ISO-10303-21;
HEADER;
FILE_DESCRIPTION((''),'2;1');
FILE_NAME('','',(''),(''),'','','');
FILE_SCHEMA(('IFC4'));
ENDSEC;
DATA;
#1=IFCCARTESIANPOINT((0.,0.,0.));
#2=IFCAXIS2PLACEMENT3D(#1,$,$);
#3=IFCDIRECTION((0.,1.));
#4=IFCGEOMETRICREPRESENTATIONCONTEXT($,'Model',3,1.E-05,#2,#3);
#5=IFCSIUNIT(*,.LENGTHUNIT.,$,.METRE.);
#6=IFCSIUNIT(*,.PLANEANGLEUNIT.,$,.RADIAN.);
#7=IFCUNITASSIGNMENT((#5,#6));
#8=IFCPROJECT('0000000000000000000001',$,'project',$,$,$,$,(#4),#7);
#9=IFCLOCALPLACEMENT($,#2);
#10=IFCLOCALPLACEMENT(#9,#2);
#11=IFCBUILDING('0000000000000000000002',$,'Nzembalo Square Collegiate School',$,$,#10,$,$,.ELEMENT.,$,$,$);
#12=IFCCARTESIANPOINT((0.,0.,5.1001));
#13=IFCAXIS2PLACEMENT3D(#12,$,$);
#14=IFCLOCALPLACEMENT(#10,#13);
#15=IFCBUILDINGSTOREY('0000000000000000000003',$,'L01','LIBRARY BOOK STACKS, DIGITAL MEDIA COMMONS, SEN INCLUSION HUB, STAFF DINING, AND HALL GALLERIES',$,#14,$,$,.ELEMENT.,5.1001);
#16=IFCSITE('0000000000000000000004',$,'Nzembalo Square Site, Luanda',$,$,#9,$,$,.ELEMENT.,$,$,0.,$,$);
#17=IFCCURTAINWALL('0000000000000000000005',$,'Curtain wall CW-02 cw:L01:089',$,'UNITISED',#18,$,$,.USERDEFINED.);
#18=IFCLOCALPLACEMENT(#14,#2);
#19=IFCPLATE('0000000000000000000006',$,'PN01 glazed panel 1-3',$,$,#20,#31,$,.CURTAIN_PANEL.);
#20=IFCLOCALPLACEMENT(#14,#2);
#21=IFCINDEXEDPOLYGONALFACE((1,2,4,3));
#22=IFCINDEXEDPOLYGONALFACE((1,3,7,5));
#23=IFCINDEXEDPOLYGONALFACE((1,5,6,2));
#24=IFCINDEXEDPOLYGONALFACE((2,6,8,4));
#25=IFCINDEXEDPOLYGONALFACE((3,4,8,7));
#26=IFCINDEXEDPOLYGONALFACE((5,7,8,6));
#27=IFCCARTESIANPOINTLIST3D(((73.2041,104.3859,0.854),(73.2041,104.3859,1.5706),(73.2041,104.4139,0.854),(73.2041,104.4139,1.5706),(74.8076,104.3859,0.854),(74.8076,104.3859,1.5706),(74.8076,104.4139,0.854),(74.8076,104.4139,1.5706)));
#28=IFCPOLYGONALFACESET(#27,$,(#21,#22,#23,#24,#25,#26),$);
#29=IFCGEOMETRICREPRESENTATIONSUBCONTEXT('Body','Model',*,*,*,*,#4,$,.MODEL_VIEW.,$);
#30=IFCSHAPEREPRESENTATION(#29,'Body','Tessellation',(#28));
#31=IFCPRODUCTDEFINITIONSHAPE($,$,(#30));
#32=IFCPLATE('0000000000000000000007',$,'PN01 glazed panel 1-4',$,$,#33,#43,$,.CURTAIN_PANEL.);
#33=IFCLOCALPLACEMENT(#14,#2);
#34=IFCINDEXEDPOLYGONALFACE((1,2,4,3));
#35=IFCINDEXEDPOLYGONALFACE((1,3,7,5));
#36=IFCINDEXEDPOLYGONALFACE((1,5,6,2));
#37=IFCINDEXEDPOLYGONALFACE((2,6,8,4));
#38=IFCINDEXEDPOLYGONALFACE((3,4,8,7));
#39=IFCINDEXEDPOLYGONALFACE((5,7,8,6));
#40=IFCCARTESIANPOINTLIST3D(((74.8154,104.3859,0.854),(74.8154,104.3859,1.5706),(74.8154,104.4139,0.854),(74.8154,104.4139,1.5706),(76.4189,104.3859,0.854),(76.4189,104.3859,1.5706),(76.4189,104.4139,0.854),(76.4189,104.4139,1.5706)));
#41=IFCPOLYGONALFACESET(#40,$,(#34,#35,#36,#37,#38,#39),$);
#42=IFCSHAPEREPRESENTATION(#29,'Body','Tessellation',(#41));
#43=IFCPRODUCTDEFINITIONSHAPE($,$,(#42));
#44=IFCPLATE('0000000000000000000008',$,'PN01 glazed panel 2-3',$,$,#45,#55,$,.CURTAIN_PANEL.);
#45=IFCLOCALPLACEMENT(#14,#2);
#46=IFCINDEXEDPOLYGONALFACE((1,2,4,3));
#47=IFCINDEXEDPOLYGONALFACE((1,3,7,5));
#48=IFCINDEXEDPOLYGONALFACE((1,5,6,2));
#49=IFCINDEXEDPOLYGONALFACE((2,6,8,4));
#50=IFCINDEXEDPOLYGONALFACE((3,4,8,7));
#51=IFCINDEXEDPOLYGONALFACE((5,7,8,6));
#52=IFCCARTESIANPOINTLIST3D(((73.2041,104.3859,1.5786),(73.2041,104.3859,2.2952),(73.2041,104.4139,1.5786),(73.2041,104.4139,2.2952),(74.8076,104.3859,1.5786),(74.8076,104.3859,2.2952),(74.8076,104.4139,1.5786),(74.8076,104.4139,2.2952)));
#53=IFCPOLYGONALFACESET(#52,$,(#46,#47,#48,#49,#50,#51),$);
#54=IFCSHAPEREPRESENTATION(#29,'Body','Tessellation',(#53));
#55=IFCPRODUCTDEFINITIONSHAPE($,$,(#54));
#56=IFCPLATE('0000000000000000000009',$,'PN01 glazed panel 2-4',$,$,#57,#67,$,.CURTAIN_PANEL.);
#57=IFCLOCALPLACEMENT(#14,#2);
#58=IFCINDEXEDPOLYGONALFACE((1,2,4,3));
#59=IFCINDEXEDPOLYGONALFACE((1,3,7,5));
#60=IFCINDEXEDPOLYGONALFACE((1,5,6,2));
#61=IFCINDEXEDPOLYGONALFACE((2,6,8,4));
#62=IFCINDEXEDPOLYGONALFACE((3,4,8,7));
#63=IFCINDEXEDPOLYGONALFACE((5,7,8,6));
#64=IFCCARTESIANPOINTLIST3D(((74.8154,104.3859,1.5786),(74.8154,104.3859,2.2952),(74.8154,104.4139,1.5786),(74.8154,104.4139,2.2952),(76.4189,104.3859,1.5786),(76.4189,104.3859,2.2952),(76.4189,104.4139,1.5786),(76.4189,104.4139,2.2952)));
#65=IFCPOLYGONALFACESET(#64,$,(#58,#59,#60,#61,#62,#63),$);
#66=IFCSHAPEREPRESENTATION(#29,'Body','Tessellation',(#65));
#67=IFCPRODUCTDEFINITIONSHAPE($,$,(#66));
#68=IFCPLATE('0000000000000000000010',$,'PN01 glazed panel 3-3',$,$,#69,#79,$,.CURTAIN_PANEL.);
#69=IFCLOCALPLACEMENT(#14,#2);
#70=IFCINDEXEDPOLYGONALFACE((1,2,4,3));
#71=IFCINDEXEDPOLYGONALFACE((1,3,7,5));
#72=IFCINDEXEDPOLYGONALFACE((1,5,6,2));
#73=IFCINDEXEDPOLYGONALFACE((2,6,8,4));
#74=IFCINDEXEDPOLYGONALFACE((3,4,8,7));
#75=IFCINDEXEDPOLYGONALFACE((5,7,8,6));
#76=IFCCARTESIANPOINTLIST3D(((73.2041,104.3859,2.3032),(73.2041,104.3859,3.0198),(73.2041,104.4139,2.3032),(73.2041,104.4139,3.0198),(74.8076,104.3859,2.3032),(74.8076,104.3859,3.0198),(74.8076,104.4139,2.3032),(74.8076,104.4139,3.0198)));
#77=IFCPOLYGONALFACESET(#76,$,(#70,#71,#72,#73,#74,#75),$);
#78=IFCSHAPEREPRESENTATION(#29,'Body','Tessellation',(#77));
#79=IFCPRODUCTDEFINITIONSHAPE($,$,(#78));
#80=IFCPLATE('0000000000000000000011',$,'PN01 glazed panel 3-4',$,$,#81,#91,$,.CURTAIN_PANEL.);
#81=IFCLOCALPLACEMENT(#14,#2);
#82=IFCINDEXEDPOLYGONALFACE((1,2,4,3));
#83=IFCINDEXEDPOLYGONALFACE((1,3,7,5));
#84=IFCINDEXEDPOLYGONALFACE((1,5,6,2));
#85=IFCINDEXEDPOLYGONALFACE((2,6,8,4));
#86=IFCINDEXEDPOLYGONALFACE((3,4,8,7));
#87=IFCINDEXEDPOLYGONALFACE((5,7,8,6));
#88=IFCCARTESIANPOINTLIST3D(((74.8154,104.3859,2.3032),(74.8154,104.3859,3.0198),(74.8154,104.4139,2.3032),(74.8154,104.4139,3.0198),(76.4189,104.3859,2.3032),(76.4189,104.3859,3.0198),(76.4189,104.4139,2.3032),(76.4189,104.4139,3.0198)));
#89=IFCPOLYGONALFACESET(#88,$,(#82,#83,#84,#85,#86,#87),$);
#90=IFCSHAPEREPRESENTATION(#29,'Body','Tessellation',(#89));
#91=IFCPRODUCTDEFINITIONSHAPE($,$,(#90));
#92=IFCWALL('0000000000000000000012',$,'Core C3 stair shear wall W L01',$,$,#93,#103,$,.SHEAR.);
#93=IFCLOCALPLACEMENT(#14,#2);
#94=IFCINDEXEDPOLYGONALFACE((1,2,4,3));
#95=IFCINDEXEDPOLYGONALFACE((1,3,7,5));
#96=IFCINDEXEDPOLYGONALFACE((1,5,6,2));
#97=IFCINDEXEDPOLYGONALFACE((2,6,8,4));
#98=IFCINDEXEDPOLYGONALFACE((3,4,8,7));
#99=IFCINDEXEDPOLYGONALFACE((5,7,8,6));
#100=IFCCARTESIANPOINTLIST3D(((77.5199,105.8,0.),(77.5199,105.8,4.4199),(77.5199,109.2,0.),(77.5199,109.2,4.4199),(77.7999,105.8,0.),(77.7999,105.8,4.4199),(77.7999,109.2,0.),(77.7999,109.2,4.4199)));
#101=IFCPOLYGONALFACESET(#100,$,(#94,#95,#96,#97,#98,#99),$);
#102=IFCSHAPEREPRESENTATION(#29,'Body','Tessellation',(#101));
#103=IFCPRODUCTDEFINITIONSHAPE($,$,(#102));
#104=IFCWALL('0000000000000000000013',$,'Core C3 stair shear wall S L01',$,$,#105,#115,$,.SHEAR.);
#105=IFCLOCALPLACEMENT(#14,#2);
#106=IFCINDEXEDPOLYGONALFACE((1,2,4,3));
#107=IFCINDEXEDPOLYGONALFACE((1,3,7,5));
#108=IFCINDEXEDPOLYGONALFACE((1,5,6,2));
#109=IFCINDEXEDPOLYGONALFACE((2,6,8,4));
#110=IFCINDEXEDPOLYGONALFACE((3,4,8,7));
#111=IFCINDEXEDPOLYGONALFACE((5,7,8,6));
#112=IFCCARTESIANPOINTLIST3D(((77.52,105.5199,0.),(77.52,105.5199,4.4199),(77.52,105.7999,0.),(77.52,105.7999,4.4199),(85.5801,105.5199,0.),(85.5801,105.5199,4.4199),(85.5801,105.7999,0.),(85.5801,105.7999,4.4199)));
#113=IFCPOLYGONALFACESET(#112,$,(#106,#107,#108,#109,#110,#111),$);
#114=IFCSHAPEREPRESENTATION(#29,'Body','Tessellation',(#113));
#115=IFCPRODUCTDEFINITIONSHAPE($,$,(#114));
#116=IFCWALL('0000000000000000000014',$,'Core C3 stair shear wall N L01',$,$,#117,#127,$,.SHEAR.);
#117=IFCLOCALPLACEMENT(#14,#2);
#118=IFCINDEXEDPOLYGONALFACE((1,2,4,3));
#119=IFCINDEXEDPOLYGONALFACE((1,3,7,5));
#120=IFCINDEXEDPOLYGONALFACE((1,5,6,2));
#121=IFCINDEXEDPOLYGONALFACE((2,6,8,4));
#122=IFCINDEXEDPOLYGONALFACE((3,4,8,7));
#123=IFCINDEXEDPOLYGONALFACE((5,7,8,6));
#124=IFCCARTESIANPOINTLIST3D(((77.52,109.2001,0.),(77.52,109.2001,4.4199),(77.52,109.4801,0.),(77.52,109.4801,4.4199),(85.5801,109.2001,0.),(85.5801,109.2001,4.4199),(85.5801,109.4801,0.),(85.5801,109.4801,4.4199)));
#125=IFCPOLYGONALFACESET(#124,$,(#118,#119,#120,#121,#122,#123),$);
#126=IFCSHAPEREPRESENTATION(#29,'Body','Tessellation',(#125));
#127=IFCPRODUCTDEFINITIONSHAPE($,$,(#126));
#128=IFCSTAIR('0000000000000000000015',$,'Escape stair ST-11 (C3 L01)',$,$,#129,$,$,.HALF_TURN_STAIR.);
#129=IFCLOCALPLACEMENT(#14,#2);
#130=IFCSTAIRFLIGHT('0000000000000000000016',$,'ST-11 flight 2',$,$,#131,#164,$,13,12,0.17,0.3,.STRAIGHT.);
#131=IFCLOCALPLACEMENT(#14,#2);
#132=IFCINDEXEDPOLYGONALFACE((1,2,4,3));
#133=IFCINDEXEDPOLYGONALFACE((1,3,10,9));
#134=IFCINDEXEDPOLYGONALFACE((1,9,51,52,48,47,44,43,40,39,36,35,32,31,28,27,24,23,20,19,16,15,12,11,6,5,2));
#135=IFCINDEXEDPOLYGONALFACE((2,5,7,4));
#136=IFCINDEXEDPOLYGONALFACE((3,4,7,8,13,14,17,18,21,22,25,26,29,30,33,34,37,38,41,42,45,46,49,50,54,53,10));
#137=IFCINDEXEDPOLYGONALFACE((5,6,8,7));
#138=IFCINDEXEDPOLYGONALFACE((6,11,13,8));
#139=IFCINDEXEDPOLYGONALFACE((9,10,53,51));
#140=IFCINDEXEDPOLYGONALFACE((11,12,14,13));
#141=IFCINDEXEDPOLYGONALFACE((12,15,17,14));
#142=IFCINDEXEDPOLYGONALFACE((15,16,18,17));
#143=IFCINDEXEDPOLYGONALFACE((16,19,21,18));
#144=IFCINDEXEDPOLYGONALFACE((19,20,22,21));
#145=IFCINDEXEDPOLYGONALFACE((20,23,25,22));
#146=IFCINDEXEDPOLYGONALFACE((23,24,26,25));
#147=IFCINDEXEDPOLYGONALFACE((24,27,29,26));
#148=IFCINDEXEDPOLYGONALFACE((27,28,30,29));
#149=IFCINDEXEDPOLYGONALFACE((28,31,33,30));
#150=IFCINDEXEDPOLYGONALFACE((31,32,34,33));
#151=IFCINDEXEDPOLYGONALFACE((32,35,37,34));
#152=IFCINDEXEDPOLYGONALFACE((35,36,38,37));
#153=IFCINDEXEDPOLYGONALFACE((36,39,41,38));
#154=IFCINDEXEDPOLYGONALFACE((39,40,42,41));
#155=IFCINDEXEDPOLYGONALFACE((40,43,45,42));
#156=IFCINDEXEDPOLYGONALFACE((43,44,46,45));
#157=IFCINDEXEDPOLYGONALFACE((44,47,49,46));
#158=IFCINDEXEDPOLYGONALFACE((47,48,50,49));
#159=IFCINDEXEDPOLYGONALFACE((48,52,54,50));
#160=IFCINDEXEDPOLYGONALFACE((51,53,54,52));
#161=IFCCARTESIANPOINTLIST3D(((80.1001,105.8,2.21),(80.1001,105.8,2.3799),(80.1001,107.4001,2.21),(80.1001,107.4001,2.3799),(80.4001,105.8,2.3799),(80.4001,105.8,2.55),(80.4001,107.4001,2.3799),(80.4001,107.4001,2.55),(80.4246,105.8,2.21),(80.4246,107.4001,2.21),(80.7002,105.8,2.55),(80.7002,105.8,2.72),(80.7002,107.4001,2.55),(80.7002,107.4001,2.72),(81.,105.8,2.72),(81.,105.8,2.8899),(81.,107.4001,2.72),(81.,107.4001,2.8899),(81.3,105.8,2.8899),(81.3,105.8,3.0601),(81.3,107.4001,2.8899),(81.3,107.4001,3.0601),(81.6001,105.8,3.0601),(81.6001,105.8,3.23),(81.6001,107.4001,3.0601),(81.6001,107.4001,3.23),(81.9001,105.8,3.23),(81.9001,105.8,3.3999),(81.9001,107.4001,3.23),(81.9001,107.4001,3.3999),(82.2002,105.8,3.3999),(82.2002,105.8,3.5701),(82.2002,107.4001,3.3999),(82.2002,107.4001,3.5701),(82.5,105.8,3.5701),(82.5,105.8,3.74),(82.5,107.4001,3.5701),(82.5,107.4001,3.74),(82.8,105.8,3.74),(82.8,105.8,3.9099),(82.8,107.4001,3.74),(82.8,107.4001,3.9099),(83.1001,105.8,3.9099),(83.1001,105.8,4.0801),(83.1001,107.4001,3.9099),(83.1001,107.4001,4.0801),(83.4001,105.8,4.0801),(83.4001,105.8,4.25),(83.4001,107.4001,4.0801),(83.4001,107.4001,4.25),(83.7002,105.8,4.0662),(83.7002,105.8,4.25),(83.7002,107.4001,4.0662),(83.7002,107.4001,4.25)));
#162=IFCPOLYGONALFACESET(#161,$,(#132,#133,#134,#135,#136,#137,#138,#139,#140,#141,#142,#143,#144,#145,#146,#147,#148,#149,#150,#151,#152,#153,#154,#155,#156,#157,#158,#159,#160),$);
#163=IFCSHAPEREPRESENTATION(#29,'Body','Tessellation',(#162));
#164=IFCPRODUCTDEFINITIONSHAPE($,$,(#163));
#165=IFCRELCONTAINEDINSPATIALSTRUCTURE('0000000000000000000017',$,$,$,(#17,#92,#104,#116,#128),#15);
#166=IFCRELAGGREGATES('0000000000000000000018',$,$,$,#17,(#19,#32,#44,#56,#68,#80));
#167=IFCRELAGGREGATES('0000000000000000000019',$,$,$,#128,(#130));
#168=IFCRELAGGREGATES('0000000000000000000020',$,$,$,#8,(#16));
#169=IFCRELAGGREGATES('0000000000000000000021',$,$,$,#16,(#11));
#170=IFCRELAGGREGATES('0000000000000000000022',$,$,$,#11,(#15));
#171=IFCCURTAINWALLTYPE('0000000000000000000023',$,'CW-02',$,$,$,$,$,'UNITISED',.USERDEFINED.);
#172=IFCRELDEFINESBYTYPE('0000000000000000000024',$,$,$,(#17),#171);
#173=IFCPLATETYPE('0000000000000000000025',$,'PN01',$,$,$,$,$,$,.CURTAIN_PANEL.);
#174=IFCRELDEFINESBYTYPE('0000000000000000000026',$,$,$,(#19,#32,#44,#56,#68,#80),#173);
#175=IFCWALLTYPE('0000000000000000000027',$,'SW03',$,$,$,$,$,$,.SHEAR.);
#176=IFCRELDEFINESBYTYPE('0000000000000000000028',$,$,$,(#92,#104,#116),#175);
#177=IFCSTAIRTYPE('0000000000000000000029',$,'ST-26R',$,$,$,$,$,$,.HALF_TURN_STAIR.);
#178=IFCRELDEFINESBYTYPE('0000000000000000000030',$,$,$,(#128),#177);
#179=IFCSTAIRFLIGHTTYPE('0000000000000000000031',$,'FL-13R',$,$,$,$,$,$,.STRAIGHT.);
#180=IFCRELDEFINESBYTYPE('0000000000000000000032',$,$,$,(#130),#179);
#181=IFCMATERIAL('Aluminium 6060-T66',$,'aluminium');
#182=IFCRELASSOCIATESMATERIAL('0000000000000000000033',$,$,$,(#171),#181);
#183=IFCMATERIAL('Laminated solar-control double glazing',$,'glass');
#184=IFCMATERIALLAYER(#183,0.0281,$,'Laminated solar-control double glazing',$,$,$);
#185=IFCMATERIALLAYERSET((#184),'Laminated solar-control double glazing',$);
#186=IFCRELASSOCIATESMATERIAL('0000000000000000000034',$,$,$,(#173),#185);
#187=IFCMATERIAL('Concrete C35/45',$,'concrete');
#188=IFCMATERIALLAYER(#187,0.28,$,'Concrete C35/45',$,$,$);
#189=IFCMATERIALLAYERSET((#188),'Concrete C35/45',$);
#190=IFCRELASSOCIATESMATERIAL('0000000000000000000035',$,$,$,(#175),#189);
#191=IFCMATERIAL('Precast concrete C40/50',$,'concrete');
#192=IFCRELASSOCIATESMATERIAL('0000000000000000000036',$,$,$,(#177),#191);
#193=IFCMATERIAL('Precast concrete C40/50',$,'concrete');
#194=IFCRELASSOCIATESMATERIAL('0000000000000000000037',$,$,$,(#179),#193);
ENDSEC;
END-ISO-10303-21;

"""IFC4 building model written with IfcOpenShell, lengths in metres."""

from ifc_helpers import new_model, si_unit, direction, frame, frame_2d, origin, origin_2d, place, context, subcontext, project, spatial, polyline, rectangle, outline, extrude, material, layer, layer_set, type_object, element, aggregate, save


model = new_model("IFC4")

# Units and contexts
model_context = context("Model", 3, precision=1e-05, world=origin(), true_north=direction((0.0, 1.0)))
body_context = subcontext(model_context, "Body", "Model", "MODEL_VIEW")
ifc_project = project(units=[si_unit("LENGTHUNIT", "METRE"), si_unit("PLANEANGLEUNIT", "RADIAN")], contexts=[model_context])

# Site, building, storey
site_placement = place(None, origin())
site = spatial("IfcSite", under=ifc_project, at=site_placement, Name="Nzembalo Square Site, Luanda", CompositionType="ELEMENT", RefElevation=0.0)
building_placement = place(site_placement, origin())
building = spatial("IfcBuilding", under=site, at=building_placement, Name="Nzembalo Square Collegiate School", CompositionType="ELEMENT")
storey_placement = place(building_placement, frame((0.0, 0.0, 5.1001)))
storey = spatial("IfcBuildingStorey", under=building, at=storey_placement, Name="L01", Description="LIBRARY BOOK STACKS, DIGITAL MEDIA COMMONS, SEN INCLUSION HUB, STAFF DINING, AND HALL GALLERIES", CompositionType="ELEMENT", Elevation=5.1001)

# Curtain wall, plates
ifc_material_1 = material(Name="Aluminium 6060-T66", Category="aluminium")
curtain_wall_type = type_object("IfcCurtainWallType", Name="CW-02", ElementType="UNITISED", PredefinedType="USERDEFINED", material=ifc_material_1)
curtain_wall_placement = place(storey_placement, origin())
curtain_wall = element("IfcCurtainWall", 1, at=curtain_wall_placement, inside=storey, type_object=curtain_wall_type, Name="Curtain wall CW-02 cw:L01:089", ObjectType="UNITISED", PredefinedType="USERDEFINED")
ifc_material_2 = material(Name="Laminated solar-control double glazing", Category="glass")
ifc_layer_1 = layer(ifc_material_2, 0.0281, Name="Laminated solar-control double glazing")
ifc_layer_set_1 = layer_set([ifc_layer_1], Name="Laminated solar-control double glazing")
plate_type = type_object("IfcPlateType", Name="PN01", PredefinedType="CURTAIN_PANEL", material=ifc_layer_set_1)
plate_1_placement = place(storey_placement, frame((74.0059, 104.3999, 0.854), z_axis=(0.0, 0.0, 1.0), x_axis=(1.0, 0.0, 0.0)))
plate_1 = element("IfcPlate", 2, at=plate_1_placement, type_object=plate_type, Name="PN01 glazed panel 1-3", PredefinedType="CURTAIN_PANEL", context=body_context, shape_type="SweptSolid", body=[
    extrude(rectangle(XDim=1.6035, YDim=0.0281, at=origin_2d()), origin(), (0.0, 0.0, 1.0), 0.7166),
])
plate_2_placement = place(storey_placement, frame((75.6172, 104.3999, 0.854), z_axis=(0.0, 0.0, 1.0), x_axis=(1.0, 0.0, 0.0)))
plate_2 = element("IfcPlate", 3, at=plate_2_placement, type_object=plate_type, Name="PN01 glazed panel 1-4", PredefinedType="CURTAIN_PANEL", context=body_context, shape_type="SweptSolid", body=[
    extrude(rectangle(XDim=1.6035, YDim=0.0281, at=origin_2d()), origin(), (0.0, 0.0, 1.0), 0.7166),
])
plate_3_placement = place(storey_placement, frame((74.0059, 104.3999, 1.5786), z_axis=(0.0, 0.0, 1.0), x_axis=(1.0, 0.0, 0.0)))
plate_3 = element("IfcPlate", 4, at=plate_3_placement, type_object=plate_type, Name="PN01 glazed panel 2-3", PredefinedType="CURTAIN_PANEL", context=body_context, shape_type="SweptSolid", body=[
    extrude(rectangle(XDim=1.6035, YDim=0.0281, at=origin_2d()), origin(), (0.0, 0.0, 1.0), 0.7166),
])
plate_4_placement = place(storey_placement, frame((75.6172, 104.3999, 1.5786), z_axis=(0.0, 0.0, 1.0), x_axis=(1.0, 0.0, 0.0)))
plate_4 = element("IfcPlate", 5, at=plate_4_placement, type_object=plate_type, Name="PN01 glazed panel 2-4", PredefinedType="CURTAIN_PANEL", context=body_context, shape_type="SweptSolid", body=[
    extrude(rectangle(XDim=1.6035, YDim=0.0281, at=origin_2d()), origin(), (0.0, 0.0, 1.0), 0.7166),
])
plate_5_placement = place(storey_placement, frame((74.0059, 104.3999, 2.3032), z_axis=(0.0, 0.0, 1.0), x_axis=(1.0, 0.0, 0.0)))
plate_5 = element("IfcPlate", 6, at=plate_5_placement, type_object=plate_type, Name="PN01 glazed panel 3-3", PredefinedType="CURTAIN_PANEL", context=body_context, shape_type="SweptSolid", body=[
    extrude(rectangle(XDim=1.6035, YDim=0.0281, at=origin_2d()), origin(), (0.0, 0.0, 1.0), 0.7166),
])
plate_6_placement = place(storey_placement, frame((75.6172, 104.3999, 2.3032), z_axis=(0.0, 0.0, 1.0), x_axis=(1.0, 0.0, 0.0)))
plate_6 = element("IfcPlate", 7, at=plate_6_placement, type_object=plate_type, Name="PN01 glazed panel 3-4", PredefinedType="CURTAIN_PANEL", context=body_context, shape_type="SweptSolid", body=[
    extrude(rectangle(XDim=1.6035, YDim=0.0281, at=origin_2d()), origin(), (0.0, 0.0, 1.0), 0.7166),
])
aggregate(curtain_wall, [plate_1, plate_2, plate_3, plate_4, plate_5, plate_6])

# Walls
ifc_material_3 = material(Name="Concrete C35/45", Category="concrete")
ifc_layer_2 = layer(ifc_material_3, 0.28, Name="Concrete C35/45")
ifc_layer_set_2 = layer_set([ifc_layer_2], Name="Concrete C35/45")
wall_type = type_object("IfcWallType", Name="SW03", PredefinedType="SHEAR", material=ifc_layer_set_2)
wall_placement = place(storey_placement, frame((77.6599, 105.8, 0.0), z_axis=(0.0, 0.0, 1.0), x_axis=(0.0, 1.0, 0.0)))
element("IfcWall", 8, at=wall_placement, inside=storey, type_object=wall_type, Name="Core C3 stair shear wall W L01", PredefinedType="SHEAR", context=body_context, shape_type="SweptSolid", body=[
    extrude(rectangle(XDim=3.3999, YDim=0.28, at=frame_2d((1.7, 0.0))), origin(), (0.0, 0.0, 1.0), 4.4199),
])
for number, where, z_axis, x_axis, name in (
    (9, (77.52, 105.6599, 0.0), (0.0, 0.0, 1.0), (1.0, 0.0, 0.0), "Core C3 stair shear wall S L01"),
    (10, (77.52, 109.3401, 0.0), (0.0, 0.0, 1.0), (1.0, 0.0, 0.0), "Core C3 stair shear wall N L01"),
):
    element("IfcWall", number, at=place(storey_placement, frame(where, z_axis=z_axis, x_axis=x_axis)), inside=storey, type_object=wall_type, Name=name, PredefinedType="SHEAR", context=body_context, shape_type="SweptSolid", body=[
        extrude(rectangle(XDim=8.0601, YDim=0.28, at=frame_2d((4.03, 0.0))), origin(), (0.0, 0.0, 1.0), 4.4199),
    ])

# Stair, stair flight
ifc_material_4 = material(Name="Precast concrete C40/50", Category="concrete")
stair_type = type_object("IfcStairType", Name="ST-26R", PredefinedType="HALF_TURN_STAIR", material=ifc_material_4)
stair_placement = place(storey_placement, origin())
stair = element("IfcStair", 11, at=stair_placement, inside=storey, type_object=stair_type, Name="Escape stair ST-11 (C3 L01)", PredefinedType="HALF_TURN_STAIR")
ifc_material_5 = material(Name="Precast concrete C40/50", Category="concrete")
stair_flight_type = type_object("IfcStairFlightType", Name="FL-13R", PredefinedType="STRAIGHT", material=ifc_material_5)
stair_flight_placement = place(storey_placement, frame((80.1001, 106.6001, 2.21), z_axis=(0.0, 0.0, 1.0), x_axis=(1.0, 0.0, 0.0)))
stair_flight = element("IfcStairFlight", 12, at=stair_flight_placement, type_object=stair_flight_type, Name="ST-11 flight 2", NumberOfRisers=13, NumberOfTreads=12, PredefinedType="STRAIGHT", RiserHeight=0.17, TreadLength=0.3, context=body_context, shape_type="SweptSolid", body=[
    extrude(outline(polyline([(0.0, 0.0), (0.0, 0.1699), (0.3, 0.1699), (0.3, 0.3401), (0.6001, 0.3401), (0.6001, 0.51), (0.8999, 0.51), (0.8999, 0.6799), (1.2, 0.6799), (1.2, 0.8501), (1.5, 0.8501), (1.5, 1.02), (1.8, 1.02), (1.8, 1.1899), (2.1001, 1.1899), (2.1001, 1.3601), (2.3999, 1.3601), (2.3999, 1.53), (2.7, 1.53), (2.7, 1.7), (3.0, 1.7), (3.0, 1.8701), (3.3, 1.8701), (3.3, 2.04), (3.6001, 2.04), (3.6001, 2.21), (3.6001, 1.8562), (0.3245, 0.0), (0.0, 0.0)])), frame((0.0, 0.8, 0.0), z_axis=(0.0, -1.0, 0.0), x_axis=(1.0, 0.0, 0.0)), (0.0, 0.0, 1.0), 1.6001),
])
aggregate(stair, [stair_flight])

save(model, "model.ifc")
